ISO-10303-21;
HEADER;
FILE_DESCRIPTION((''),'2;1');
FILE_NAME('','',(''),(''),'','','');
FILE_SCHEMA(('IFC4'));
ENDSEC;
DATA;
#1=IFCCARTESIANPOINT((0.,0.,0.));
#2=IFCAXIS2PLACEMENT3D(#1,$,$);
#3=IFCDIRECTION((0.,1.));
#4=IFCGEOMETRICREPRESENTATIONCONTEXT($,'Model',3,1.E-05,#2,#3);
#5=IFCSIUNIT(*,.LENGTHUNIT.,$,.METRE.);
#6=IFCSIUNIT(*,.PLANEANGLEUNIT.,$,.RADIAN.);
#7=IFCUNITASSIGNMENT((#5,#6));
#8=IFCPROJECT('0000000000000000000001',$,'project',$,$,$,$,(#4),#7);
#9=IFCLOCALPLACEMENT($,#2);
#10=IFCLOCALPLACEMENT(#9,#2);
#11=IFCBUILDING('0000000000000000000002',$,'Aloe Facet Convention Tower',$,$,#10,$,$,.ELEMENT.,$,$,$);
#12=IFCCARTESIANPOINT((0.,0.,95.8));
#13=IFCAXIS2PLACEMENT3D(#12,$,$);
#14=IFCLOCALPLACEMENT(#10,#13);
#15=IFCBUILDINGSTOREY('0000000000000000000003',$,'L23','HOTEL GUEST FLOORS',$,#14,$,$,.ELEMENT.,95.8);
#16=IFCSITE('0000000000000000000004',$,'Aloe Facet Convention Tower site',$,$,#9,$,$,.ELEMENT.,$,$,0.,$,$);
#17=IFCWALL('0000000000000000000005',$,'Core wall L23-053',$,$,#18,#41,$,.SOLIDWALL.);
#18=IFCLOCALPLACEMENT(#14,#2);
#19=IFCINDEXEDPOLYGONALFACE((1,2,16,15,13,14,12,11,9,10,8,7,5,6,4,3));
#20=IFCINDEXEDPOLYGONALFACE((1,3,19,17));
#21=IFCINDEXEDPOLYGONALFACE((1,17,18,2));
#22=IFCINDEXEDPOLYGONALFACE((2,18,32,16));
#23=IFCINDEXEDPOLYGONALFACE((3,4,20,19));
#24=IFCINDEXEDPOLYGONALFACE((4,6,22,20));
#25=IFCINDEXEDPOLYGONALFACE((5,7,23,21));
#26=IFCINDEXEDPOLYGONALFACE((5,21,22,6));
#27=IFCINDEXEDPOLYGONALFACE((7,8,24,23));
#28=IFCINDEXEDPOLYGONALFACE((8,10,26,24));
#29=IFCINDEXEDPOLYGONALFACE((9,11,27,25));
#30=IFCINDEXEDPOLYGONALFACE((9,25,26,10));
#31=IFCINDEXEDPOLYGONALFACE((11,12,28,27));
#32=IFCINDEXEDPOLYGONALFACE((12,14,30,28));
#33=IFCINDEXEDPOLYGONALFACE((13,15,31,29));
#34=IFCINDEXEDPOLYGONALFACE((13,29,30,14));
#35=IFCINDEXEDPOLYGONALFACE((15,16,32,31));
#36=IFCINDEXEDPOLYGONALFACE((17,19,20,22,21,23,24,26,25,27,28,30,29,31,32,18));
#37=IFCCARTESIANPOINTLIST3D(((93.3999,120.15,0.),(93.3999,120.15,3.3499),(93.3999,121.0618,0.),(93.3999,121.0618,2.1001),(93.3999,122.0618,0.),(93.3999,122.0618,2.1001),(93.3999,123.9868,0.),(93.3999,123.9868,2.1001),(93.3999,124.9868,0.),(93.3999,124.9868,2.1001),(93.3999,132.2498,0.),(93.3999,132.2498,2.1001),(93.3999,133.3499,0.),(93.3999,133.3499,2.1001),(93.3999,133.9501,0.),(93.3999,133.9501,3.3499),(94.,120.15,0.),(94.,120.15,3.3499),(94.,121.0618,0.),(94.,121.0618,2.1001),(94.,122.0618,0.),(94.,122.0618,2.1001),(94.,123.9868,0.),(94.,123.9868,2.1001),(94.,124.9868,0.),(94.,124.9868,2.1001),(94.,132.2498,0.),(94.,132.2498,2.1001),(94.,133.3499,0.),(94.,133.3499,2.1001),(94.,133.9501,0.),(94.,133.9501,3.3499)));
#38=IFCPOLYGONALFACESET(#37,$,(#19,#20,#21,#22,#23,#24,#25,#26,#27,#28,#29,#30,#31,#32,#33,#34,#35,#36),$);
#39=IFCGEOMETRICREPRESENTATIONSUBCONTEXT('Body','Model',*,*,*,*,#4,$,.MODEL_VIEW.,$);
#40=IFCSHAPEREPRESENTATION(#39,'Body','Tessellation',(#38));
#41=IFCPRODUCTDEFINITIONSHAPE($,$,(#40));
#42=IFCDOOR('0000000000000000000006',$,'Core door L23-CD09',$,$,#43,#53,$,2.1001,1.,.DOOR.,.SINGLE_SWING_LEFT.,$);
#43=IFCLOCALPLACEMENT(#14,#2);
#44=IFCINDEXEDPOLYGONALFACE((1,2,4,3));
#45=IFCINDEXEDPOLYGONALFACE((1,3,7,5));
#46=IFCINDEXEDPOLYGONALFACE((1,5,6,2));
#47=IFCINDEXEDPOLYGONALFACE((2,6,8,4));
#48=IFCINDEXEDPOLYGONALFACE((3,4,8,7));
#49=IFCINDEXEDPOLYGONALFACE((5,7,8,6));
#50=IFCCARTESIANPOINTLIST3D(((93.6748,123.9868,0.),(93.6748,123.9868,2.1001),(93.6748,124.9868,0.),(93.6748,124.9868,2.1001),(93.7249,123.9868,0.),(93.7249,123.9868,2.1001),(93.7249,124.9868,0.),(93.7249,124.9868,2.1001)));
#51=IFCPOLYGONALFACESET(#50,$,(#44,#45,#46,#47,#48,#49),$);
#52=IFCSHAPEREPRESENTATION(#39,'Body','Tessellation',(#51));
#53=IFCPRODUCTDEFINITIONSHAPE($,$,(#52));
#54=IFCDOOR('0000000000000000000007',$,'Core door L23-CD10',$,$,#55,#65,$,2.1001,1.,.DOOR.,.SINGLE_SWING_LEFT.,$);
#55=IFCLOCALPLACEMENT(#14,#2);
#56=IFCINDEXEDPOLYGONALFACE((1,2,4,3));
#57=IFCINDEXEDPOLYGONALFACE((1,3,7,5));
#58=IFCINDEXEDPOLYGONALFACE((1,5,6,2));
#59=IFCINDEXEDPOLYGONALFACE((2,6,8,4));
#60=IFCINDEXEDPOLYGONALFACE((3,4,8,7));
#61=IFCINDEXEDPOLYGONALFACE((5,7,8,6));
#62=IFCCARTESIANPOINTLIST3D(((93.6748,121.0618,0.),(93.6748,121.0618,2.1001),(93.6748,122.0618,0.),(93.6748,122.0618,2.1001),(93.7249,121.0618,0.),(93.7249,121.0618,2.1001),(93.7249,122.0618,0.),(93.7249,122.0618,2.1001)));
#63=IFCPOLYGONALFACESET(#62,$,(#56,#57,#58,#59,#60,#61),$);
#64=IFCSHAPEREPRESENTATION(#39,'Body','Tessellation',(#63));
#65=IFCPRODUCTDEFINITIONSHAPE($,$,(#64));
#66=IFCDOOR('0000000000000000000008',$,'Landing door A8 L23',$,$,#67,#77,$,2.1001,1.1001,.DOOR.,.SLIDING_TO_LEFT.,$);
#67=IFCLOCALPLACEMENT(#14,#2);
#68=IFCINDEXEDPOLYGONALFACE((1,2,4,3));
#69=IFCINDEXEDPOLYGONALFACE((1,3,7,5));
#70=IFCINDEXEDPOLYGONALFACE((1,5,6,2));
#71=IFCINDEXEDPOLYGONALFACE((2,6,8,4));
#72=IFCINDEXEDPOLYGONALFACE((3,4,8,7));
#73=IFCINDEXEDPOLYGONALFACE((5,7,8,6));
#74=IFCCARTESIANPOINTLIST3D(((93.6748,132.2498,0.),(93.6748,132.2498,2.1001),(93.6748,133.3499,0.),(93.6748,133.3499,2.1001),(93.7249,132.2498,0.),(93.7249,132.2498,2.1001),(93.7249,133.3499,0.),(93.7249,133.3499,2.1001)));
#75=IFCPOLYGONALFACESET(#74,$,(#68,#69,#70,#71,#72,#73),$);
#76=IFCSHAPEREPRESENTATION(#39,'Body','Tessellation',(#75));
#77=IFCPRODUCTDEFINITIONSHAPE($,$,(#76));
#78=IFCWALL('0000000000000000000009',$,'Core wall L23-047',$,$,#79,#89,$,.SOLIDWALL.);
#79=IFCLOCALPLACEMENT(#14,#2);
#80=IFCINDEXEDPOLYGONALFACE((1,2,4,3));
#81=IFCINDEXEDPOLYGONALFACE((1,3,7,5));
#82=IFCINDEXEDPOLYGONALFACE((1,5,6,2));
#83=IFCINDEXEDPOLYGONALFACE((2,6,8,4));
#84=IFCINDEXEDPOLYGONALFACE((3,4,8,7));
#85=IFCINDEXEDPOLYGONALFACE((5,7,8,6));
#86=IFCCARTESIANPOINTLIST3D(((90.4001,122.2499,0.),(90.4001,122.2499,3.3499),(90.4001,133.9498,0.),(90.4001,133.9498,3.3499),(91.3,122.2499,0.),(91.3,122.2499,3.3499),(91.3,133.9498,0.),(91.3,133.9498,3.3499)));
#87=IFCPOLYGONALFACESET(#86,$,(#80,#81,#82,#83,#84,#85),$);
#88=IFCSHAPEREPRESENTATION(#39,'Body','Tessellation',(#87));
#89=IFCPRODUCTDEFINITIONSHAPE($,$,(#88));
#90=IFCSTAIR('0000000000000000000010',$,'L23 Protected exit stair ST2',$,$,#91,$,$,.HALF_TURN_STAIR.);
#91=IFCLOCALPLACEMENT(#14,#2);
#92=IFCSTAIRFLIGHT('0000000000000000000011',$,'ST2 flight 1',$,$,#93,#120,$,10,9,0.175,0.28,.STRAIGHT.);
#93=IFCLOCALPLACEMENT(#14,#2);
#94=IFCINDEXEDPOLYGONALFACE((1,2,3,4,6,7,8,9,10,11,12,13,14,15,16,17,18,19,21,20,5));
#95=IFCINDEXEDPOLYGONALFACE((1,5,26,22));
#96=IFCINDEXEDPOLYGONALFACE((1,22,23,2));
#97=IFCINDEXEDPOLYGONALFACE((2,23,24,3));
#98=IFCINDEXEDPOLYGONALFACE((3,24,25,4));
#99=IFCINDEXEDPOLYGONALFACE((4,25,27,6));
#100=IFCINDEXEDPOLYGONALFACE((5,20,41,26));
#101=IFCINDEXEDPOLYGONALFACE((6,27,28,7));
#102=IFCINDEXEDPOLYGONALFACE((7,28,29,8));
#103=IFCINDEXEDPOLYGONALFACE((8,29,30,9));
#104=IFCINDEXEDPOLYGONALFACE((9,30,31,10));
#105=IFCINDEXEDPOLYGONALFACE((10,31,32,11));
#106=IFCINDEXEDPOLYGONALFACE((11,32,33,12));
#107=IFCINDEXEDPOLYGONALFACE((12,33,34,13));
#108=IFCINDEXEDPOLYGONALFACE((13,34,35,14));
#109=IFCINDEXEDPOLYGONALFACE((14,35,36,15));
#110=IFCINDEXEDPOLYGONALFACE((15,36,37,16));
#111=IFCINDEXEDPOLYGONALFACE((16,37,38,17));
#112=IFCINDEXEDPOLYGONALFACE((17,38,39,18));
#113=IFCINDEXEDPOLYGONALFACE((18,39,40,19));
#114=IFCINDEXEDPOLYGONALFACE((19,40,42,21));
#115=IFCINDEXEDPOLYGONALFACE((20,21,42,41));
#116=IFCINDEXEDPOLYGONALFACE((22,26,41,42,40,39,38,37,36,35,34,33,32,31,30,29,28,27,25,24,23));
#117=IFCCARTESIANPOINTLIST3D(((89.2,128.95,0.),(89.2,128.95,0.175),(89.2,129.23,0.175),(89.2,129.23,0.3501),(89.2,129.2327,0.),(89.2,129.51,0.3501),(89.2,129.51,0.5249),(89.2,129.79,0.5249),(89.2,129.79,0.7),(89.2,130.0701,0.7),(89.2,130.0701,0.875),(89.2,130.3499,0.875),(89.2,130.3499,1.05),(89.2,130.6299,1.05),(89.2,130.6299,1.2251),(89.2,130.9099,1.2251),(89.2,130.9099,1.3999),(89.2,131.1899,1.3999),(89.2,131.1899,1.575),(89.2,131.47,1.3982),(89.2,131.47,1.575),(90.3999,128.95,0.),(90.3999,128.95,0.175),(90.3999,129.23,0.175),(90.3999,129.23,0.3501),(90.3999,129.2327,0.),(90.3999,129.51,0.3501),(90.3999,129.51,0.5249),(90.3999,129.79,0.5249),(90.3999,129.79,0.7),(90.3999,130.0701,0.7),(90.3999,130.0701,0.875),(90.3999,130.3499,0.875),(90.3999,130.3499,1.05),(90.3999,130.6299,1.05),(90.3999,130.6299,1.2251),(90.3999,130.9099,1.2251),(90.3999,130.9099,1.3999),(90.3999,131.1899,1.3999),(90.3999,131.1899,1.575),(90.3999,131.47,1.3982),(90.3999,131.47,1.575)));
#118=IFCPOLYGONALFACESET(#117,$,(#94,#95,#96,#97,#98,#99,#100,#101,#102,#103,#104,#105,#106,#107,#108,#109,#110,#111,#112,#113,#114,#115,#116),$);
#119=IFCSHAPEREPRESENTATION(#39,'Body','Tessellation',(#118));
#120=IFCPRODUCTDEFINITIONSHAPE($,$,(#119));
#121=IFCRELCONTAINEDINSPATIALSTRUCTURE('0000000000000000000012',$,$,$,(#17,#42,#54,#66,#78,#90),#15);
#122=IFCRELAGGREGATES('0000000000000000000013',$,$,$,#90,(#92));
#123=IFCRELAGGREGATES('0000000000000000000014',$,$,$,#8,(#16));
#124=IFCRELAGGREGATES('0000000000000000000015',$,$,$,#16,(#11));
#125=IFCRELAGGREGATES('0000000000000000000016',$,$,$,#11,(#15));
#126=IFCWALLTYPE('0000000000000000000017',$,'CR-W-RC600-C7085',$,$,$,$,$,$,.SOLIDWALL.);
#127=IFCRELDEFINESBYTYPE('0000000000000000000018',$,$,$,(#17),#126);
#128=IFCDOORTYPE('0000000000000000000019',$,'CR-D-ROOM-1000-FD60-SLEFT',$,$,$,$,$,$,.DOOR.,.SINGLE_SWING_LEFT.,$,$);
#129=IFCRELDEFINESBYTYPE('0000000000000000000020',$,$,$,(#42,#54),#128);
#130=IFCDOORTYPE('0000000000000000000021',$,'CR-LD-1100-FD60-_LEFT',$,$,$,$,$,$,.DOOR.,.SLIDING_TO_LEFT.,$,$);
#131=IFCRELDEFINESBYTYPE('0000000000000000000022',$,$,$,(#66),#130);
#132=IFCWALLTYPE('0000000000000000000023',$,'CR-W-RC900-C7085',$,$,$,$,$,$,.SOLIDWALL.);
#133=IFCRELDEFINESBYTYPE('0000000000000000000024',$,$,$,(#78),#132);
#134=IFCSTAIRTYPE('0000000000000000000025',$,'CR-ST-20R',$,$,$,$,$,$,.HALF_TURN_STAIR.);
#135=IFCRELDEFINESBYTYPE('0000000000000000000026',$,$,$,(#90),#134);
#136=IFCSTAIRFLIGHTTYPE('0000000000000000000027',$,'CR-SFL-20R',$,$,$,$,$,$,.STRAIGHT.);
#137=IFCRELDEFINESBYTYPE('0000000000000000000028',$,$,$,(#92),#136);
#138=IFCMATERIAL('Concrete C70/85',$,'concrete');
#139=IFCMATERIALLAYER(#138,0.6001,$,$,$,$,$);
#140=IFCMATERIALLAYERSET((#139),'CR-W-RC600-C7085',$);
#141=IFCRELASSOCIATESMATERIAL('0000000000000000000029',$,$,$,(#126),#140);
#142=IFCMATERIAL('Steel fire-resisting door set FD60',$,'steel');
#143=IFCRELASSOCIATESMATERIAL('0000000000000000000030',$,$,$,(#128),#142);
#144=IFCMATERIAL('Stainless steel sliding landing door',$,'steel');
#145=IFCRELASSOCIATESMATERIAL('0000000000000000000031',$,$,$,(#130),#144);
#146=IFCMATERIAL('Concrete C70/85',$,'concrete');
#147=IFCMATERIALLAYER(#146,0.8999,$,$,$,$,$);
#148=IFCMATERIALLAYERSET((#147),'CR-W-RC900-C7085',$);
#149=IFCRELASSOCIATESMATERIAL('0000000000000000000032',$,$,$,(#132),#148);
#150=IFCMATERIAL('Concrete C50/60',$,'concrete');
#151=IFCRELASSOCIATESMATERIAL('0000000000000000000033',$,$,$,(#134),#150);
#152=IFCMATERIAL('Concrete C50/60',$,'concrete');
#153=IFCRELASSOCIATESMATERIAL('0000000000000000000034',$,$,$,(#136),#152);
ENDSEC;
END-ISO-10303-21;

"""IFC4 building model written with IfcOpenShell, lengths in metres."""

from ifc_helpers import new_model, si_unit, direction, frame, frame_2d, origin, place, context, subcontext, project, spatial, polyline, rectangle, outline, extrude, material, layer, layer_set, type_object, element, fill, aggregate, save


model = new_model("IFC4")

# Units and contexts
model_context = context("Model", 3, precision=1e-05, world=origin(), true_north=direction((0.0, 1.0)))
body_context = subcontext(model_context, "Body", "Model", "MODEL_VIEW")
ifc_project = project(units=[si_unit("LENGTHUNIT", "METRE"), si_unit("PLANEANGLEUNIT", "RADIAN")], contexts=[model_context])

# Site, building, storey
site_placement = place(None, origin())
site = spatial("IfcSite", under=ifc_project, at=site_placement, Name="Aloe Facet Convention Tower site", CompositionType="ELEMENT", RefElevation=0.0)
building_placement = place(site_placement, origin())
building = spatial("IfcBuilding", under=site, at=building_placement, Name="Aloe Facet Convention Tower", CompositionType="ELEMENT")
storey_placement = place(building_placement, frame((0.0, 0.0, 95.8)))
storey = spatial("IfcBuildingStorey", under=building, at=storey_placement, Name="L23", Description="HOTEL GUEST FLOORS", CompositionType="ELEMENT", Elevation=95.8)

# Shared definitions
ifc_material_1 = material(Name="Concrete C70/85", Category="concrete")
ifc_layer_1 = layer(ifc_material_1, 0.6001)
ifc_layer_set_1 = layer_set([ifc_layer_1], Name="CR-W-RC600-C7085")
wall_type_1 = type_object("IfcWallType", Name="CR-W-RC600-C7085", PredefinedType="SOLIDWALL", material=ifc_layer_set_1)

# Wall, openings, doors
wall_1_placement = place(storey_placement, frame((93.7, 133.95, 0.0), z_axis=(0.0, 0.0, 1.0), x_axis=(0.0, -1.0, 0.0)))
wall_1 = element("IfcWall", 1, at=wall_1_placement, inside=storey, type_object=wall_type_1, Name="Core wall L23-053", PredefinedType="SOLIDWALL", context=body_context, shape_type="SweptSolid", body=[
    extrude(rectangle(XDim=13.8, YDim=0.6001, at=frame_2d((6.8999, 0.0))), origin(), (0.0, 0.0, 1.0), 3.3499),
])
opening_1_placement = place(wall_1_placement, frame((0.6001, 0.0, 0.0)))
opening_1 = element("IfcOpeningElement", 2, at=opening_1_placement, cuts=wall_1, PredefinedType="OPENING", context=body_context, shape_type="SweptSolid", body=[
    extrude(rectangle(XDim=1.1001, YDim=2.1001, at=frame_2d((0.55, 1.05))), frame((0.0, 0.3101, 0.0), z_axis=(0.0, -1.0, 0.0), x_axis=(1.0, 0.0, 0.0)), (0.0, 0.0, 1.0), 0.6201),
])
opening_2_placement = place(wall_1_placement, frame((8.9631, 0.0, 0.0)))
opening_2 = element("IfcOpeningElement", 3, at=opening_2_placement, cuts=wall_1, PredefinedType="OPENING", context=body_context, shape_type="SweptSolid", body=[
    extrude(rectangle(XDim=1.0, YDim=2.1001, at=frame_2d((0.5, 1.05))), frame((0.0, 0.3101, 0.0), z_axis=(0.0, -1.0, 0.0), x_axis=(1.0, 0.0, 0.0)), (0.0, 0.0, 1.0), 0.6201),
])
opening_3_placement = place(wall_1_placement, frame((11.8882, 0.0, 0.0)))
opening_3 = element("IfcOpeningElement", 4, at=opening_3_placement, cuts=wall_1, PredefinedType="OPENING", context=body_context, shape_type="SweptSolid", body=[
    extrude(rectangle(XDim=1.0, YDim=2.1001, at=frame_2d((0.5, 1.05))), frame((0.0, 0.3101, 0.0), z_axis=(0.0, -1.0, 0.0), x_axis=(1.0, 0.0, 0.0)), (0.0, 0.0, 1.0), 0.6201),
])
ifc_material_2 = material(Name="Steel fire-resisting door set FD60", Category="steel")
door_type_1 = type_object("IfcDoorType", Name="CR-D-ROOM-1000-FD60-SLEFT", OperationType="SINGLE_SWING_LEFT", PredefinedType="DOOR", material=ifc_material_2)
door_1_placement = place(opening_2_placement, origin())
door_1 = element("IfcDoor", 5, at=door_1_placement, inside=storey, type_object=door_type_1, Name="Core door L23-CD09", OperationType="SINGLE_SWING_LEFT", OverallHeight=2.1001, OverallWidth=1.0, PredefinedType="DOOR", context=body_context, shape_type="SweptSolid", body=[
    extrude(rectangle(XDim=1.0, YDim=2.1001, at=frame_2d((0.5, 1.05))), frame((0.0, 0.0249, 0.0), z_axis=(0.0, -1.0, 0.0), x_axis=(1.0, 0.0, 0.0)), (0.0, 0.0, 1.0), 0.05),
])
fill(opening_2, door_1)
door_2_placement = place(opening_3_placement, origin())
door_2 = element("IfcDoor", 6, at=door_2_placement, inside=storey, type_object=door_type_1, Name="Core door L23-CD10", OperationType="SINGLE_SWING_LEFT", OverallHeight=2.1001, OverallWidth=1.0, PredefinedType="DOOR", context=body_context, shape_type="SweptSolid", body=[
    extrude(rectangle(XDim=1.0, YDim=2.1001, at=frame_2d((0.5, 1.05))), frame((0.0, 0.0249, 0.0), z_axis=(0.0, -1.0, 0.0), x_axis=(1.0, 0.0, 0.0)), (0.0, 0.0, 1.0), 0.05),
])
fill(opening_3, door_2)
ifc_material_3 = material(Name="Stainless steel sliding landing door", Category="steel")
door_type_2 = type_object("IfcDoorType", Name="CR-LD-1100-FD60-_LEFT", OperationType="SLIDING_TO_LEFT", PredefinedType="DOOR", material=ifc_material_3)
door_3_placement = place(opening_1_placement, origin())
door_3 = element("IfcDoor", 7, at=door_3_placement, inside=storey, type_object=door_type_2, Name="Landing door A8 L23", OperationType="SLIDING_TO_LEFT", OverallHeight=2.1001, OverallWidth=1.1001, PredefinedType="DOOR", context=body_context, shape_type="SweptSolid", body=[
    extrude(rectangle(XDim=1.1001, YDim=2.1001, at=frame_2d((0.55, 1.05))), frame((0.0, 0.0249, 0.0), z_axis=(0.0, -1.0, 0.0), x_axis=(1.0, 0.0, 0.0)), (0.0, 0.0, 1.0), 0.05),
])
fill(opening_1, door_3)

# Wall
ifc_material_4 = material(Name="Concrete C70/85", Category="concrete")
ifc_layer_2 = layer(ifc_material_4, 0.8999)
ifc_layer_set_2 = layer_set([ifc_layer_2], Name="CR-W-RC900-C7085")
wall_type_2 = type_object("IfcWallType", Name="CR-W-RC900-C7085", PredefinedType="SOLIDWALL", material=ifc_layer_set_2)
wall_2_placement = place(storey_placement, frame((90.8501, 133.95, 0.0), z_axis=(0.0, 0.0, 1.0), x_axis=(0.0, -1.0, 0.0)))
element("IfcWall", 8, at=wall_2_placement, inside=storey, type_object=wall_type_2, Name="Core wall L23-047", PredefinedType="SOLIDWALL", context=body_context, shape_type="SweptSolid", body=[
    extrude(rectangle(XDim=11.7, YDim=0.8999, at=frame_2d((5.8501, 0.0))), origin(), (0.0, 0.0, 1.0), 3.3499),
])

# Stair, stair flight
ifc_material_5 = material(Name="Concrete C50/60", Category="concrete")
stair_type = type_object("IfcStairType", Name="CR-ST-20R", PredefinedType="HALF_TURN_STAIR", material=ifc_material_5)
stair_placement = place(storey_placement, origin())
stair = element("IfcStair", 9, at=stair_placement, inside=storey, type_object=stair_type, Name="L23 Protected exit stair ST2", PredefinedType="HALF_TURN_STAIR")
ifc_material_6 = material(Name="Concrete C50/60", Category="concrete")
stair_flight_type = type_object("IfcStairFlightType", Name="CR-SFL-20R", PredefinedType="STRAIGHT", material=ifc_material_6)
stair_flight_placement = place(storey_placement, frame((89.8, 128.95, 0.0), z_axis=(0.0, 0.0, 1.0), x_axis=(0.0, 1.0, 0.0)))
stair_flight = element("IfcStairFlight", 10, at=stair_flight_placement, type_object=stair_flight_type, Name="ST2 flight 1", NumberOfRisers=10, NumberOfTreads=9, PredefinedType="STRAIGHT", RiserHeight=0.175, TreadLength=0.28, context=body_context, shape_type="SweptSolid", body=[
    extrude(outline(polyline([(0.0, 0.0), (0.0, 0.175), (0.28, 0.175), (0.28, 0.3501), (0.5601, 0.3501), (0.5601, 0.5249), (0.8401, 0.5249), (0.8401, 0.7), (1.1201, 0.7), (1.1201, 0.875), (1.3999, 0.875), (1.3999, 1.05), (1.6799, 1.05), (1.6799, 1.2251), (1.96, 1.2251), (1.96, 1.3999), (2.24, 1.3999), (2.24, 1.575), (2.52, 1.575), (2.52, 1.75), (2.52, 1.3982), (0.2827, 0.0), (0.0, 0.0)])), frame((0.0, 0.6001, 0.0), z_axis=(0.0, -1.0, 0.0), x_axis=(1.0, 0.0, 0.0)), (0.0, 0.0, 1.0), 1.2),
])
aggregate(stair, [stair_flight])

save(model, "model.ifc")
